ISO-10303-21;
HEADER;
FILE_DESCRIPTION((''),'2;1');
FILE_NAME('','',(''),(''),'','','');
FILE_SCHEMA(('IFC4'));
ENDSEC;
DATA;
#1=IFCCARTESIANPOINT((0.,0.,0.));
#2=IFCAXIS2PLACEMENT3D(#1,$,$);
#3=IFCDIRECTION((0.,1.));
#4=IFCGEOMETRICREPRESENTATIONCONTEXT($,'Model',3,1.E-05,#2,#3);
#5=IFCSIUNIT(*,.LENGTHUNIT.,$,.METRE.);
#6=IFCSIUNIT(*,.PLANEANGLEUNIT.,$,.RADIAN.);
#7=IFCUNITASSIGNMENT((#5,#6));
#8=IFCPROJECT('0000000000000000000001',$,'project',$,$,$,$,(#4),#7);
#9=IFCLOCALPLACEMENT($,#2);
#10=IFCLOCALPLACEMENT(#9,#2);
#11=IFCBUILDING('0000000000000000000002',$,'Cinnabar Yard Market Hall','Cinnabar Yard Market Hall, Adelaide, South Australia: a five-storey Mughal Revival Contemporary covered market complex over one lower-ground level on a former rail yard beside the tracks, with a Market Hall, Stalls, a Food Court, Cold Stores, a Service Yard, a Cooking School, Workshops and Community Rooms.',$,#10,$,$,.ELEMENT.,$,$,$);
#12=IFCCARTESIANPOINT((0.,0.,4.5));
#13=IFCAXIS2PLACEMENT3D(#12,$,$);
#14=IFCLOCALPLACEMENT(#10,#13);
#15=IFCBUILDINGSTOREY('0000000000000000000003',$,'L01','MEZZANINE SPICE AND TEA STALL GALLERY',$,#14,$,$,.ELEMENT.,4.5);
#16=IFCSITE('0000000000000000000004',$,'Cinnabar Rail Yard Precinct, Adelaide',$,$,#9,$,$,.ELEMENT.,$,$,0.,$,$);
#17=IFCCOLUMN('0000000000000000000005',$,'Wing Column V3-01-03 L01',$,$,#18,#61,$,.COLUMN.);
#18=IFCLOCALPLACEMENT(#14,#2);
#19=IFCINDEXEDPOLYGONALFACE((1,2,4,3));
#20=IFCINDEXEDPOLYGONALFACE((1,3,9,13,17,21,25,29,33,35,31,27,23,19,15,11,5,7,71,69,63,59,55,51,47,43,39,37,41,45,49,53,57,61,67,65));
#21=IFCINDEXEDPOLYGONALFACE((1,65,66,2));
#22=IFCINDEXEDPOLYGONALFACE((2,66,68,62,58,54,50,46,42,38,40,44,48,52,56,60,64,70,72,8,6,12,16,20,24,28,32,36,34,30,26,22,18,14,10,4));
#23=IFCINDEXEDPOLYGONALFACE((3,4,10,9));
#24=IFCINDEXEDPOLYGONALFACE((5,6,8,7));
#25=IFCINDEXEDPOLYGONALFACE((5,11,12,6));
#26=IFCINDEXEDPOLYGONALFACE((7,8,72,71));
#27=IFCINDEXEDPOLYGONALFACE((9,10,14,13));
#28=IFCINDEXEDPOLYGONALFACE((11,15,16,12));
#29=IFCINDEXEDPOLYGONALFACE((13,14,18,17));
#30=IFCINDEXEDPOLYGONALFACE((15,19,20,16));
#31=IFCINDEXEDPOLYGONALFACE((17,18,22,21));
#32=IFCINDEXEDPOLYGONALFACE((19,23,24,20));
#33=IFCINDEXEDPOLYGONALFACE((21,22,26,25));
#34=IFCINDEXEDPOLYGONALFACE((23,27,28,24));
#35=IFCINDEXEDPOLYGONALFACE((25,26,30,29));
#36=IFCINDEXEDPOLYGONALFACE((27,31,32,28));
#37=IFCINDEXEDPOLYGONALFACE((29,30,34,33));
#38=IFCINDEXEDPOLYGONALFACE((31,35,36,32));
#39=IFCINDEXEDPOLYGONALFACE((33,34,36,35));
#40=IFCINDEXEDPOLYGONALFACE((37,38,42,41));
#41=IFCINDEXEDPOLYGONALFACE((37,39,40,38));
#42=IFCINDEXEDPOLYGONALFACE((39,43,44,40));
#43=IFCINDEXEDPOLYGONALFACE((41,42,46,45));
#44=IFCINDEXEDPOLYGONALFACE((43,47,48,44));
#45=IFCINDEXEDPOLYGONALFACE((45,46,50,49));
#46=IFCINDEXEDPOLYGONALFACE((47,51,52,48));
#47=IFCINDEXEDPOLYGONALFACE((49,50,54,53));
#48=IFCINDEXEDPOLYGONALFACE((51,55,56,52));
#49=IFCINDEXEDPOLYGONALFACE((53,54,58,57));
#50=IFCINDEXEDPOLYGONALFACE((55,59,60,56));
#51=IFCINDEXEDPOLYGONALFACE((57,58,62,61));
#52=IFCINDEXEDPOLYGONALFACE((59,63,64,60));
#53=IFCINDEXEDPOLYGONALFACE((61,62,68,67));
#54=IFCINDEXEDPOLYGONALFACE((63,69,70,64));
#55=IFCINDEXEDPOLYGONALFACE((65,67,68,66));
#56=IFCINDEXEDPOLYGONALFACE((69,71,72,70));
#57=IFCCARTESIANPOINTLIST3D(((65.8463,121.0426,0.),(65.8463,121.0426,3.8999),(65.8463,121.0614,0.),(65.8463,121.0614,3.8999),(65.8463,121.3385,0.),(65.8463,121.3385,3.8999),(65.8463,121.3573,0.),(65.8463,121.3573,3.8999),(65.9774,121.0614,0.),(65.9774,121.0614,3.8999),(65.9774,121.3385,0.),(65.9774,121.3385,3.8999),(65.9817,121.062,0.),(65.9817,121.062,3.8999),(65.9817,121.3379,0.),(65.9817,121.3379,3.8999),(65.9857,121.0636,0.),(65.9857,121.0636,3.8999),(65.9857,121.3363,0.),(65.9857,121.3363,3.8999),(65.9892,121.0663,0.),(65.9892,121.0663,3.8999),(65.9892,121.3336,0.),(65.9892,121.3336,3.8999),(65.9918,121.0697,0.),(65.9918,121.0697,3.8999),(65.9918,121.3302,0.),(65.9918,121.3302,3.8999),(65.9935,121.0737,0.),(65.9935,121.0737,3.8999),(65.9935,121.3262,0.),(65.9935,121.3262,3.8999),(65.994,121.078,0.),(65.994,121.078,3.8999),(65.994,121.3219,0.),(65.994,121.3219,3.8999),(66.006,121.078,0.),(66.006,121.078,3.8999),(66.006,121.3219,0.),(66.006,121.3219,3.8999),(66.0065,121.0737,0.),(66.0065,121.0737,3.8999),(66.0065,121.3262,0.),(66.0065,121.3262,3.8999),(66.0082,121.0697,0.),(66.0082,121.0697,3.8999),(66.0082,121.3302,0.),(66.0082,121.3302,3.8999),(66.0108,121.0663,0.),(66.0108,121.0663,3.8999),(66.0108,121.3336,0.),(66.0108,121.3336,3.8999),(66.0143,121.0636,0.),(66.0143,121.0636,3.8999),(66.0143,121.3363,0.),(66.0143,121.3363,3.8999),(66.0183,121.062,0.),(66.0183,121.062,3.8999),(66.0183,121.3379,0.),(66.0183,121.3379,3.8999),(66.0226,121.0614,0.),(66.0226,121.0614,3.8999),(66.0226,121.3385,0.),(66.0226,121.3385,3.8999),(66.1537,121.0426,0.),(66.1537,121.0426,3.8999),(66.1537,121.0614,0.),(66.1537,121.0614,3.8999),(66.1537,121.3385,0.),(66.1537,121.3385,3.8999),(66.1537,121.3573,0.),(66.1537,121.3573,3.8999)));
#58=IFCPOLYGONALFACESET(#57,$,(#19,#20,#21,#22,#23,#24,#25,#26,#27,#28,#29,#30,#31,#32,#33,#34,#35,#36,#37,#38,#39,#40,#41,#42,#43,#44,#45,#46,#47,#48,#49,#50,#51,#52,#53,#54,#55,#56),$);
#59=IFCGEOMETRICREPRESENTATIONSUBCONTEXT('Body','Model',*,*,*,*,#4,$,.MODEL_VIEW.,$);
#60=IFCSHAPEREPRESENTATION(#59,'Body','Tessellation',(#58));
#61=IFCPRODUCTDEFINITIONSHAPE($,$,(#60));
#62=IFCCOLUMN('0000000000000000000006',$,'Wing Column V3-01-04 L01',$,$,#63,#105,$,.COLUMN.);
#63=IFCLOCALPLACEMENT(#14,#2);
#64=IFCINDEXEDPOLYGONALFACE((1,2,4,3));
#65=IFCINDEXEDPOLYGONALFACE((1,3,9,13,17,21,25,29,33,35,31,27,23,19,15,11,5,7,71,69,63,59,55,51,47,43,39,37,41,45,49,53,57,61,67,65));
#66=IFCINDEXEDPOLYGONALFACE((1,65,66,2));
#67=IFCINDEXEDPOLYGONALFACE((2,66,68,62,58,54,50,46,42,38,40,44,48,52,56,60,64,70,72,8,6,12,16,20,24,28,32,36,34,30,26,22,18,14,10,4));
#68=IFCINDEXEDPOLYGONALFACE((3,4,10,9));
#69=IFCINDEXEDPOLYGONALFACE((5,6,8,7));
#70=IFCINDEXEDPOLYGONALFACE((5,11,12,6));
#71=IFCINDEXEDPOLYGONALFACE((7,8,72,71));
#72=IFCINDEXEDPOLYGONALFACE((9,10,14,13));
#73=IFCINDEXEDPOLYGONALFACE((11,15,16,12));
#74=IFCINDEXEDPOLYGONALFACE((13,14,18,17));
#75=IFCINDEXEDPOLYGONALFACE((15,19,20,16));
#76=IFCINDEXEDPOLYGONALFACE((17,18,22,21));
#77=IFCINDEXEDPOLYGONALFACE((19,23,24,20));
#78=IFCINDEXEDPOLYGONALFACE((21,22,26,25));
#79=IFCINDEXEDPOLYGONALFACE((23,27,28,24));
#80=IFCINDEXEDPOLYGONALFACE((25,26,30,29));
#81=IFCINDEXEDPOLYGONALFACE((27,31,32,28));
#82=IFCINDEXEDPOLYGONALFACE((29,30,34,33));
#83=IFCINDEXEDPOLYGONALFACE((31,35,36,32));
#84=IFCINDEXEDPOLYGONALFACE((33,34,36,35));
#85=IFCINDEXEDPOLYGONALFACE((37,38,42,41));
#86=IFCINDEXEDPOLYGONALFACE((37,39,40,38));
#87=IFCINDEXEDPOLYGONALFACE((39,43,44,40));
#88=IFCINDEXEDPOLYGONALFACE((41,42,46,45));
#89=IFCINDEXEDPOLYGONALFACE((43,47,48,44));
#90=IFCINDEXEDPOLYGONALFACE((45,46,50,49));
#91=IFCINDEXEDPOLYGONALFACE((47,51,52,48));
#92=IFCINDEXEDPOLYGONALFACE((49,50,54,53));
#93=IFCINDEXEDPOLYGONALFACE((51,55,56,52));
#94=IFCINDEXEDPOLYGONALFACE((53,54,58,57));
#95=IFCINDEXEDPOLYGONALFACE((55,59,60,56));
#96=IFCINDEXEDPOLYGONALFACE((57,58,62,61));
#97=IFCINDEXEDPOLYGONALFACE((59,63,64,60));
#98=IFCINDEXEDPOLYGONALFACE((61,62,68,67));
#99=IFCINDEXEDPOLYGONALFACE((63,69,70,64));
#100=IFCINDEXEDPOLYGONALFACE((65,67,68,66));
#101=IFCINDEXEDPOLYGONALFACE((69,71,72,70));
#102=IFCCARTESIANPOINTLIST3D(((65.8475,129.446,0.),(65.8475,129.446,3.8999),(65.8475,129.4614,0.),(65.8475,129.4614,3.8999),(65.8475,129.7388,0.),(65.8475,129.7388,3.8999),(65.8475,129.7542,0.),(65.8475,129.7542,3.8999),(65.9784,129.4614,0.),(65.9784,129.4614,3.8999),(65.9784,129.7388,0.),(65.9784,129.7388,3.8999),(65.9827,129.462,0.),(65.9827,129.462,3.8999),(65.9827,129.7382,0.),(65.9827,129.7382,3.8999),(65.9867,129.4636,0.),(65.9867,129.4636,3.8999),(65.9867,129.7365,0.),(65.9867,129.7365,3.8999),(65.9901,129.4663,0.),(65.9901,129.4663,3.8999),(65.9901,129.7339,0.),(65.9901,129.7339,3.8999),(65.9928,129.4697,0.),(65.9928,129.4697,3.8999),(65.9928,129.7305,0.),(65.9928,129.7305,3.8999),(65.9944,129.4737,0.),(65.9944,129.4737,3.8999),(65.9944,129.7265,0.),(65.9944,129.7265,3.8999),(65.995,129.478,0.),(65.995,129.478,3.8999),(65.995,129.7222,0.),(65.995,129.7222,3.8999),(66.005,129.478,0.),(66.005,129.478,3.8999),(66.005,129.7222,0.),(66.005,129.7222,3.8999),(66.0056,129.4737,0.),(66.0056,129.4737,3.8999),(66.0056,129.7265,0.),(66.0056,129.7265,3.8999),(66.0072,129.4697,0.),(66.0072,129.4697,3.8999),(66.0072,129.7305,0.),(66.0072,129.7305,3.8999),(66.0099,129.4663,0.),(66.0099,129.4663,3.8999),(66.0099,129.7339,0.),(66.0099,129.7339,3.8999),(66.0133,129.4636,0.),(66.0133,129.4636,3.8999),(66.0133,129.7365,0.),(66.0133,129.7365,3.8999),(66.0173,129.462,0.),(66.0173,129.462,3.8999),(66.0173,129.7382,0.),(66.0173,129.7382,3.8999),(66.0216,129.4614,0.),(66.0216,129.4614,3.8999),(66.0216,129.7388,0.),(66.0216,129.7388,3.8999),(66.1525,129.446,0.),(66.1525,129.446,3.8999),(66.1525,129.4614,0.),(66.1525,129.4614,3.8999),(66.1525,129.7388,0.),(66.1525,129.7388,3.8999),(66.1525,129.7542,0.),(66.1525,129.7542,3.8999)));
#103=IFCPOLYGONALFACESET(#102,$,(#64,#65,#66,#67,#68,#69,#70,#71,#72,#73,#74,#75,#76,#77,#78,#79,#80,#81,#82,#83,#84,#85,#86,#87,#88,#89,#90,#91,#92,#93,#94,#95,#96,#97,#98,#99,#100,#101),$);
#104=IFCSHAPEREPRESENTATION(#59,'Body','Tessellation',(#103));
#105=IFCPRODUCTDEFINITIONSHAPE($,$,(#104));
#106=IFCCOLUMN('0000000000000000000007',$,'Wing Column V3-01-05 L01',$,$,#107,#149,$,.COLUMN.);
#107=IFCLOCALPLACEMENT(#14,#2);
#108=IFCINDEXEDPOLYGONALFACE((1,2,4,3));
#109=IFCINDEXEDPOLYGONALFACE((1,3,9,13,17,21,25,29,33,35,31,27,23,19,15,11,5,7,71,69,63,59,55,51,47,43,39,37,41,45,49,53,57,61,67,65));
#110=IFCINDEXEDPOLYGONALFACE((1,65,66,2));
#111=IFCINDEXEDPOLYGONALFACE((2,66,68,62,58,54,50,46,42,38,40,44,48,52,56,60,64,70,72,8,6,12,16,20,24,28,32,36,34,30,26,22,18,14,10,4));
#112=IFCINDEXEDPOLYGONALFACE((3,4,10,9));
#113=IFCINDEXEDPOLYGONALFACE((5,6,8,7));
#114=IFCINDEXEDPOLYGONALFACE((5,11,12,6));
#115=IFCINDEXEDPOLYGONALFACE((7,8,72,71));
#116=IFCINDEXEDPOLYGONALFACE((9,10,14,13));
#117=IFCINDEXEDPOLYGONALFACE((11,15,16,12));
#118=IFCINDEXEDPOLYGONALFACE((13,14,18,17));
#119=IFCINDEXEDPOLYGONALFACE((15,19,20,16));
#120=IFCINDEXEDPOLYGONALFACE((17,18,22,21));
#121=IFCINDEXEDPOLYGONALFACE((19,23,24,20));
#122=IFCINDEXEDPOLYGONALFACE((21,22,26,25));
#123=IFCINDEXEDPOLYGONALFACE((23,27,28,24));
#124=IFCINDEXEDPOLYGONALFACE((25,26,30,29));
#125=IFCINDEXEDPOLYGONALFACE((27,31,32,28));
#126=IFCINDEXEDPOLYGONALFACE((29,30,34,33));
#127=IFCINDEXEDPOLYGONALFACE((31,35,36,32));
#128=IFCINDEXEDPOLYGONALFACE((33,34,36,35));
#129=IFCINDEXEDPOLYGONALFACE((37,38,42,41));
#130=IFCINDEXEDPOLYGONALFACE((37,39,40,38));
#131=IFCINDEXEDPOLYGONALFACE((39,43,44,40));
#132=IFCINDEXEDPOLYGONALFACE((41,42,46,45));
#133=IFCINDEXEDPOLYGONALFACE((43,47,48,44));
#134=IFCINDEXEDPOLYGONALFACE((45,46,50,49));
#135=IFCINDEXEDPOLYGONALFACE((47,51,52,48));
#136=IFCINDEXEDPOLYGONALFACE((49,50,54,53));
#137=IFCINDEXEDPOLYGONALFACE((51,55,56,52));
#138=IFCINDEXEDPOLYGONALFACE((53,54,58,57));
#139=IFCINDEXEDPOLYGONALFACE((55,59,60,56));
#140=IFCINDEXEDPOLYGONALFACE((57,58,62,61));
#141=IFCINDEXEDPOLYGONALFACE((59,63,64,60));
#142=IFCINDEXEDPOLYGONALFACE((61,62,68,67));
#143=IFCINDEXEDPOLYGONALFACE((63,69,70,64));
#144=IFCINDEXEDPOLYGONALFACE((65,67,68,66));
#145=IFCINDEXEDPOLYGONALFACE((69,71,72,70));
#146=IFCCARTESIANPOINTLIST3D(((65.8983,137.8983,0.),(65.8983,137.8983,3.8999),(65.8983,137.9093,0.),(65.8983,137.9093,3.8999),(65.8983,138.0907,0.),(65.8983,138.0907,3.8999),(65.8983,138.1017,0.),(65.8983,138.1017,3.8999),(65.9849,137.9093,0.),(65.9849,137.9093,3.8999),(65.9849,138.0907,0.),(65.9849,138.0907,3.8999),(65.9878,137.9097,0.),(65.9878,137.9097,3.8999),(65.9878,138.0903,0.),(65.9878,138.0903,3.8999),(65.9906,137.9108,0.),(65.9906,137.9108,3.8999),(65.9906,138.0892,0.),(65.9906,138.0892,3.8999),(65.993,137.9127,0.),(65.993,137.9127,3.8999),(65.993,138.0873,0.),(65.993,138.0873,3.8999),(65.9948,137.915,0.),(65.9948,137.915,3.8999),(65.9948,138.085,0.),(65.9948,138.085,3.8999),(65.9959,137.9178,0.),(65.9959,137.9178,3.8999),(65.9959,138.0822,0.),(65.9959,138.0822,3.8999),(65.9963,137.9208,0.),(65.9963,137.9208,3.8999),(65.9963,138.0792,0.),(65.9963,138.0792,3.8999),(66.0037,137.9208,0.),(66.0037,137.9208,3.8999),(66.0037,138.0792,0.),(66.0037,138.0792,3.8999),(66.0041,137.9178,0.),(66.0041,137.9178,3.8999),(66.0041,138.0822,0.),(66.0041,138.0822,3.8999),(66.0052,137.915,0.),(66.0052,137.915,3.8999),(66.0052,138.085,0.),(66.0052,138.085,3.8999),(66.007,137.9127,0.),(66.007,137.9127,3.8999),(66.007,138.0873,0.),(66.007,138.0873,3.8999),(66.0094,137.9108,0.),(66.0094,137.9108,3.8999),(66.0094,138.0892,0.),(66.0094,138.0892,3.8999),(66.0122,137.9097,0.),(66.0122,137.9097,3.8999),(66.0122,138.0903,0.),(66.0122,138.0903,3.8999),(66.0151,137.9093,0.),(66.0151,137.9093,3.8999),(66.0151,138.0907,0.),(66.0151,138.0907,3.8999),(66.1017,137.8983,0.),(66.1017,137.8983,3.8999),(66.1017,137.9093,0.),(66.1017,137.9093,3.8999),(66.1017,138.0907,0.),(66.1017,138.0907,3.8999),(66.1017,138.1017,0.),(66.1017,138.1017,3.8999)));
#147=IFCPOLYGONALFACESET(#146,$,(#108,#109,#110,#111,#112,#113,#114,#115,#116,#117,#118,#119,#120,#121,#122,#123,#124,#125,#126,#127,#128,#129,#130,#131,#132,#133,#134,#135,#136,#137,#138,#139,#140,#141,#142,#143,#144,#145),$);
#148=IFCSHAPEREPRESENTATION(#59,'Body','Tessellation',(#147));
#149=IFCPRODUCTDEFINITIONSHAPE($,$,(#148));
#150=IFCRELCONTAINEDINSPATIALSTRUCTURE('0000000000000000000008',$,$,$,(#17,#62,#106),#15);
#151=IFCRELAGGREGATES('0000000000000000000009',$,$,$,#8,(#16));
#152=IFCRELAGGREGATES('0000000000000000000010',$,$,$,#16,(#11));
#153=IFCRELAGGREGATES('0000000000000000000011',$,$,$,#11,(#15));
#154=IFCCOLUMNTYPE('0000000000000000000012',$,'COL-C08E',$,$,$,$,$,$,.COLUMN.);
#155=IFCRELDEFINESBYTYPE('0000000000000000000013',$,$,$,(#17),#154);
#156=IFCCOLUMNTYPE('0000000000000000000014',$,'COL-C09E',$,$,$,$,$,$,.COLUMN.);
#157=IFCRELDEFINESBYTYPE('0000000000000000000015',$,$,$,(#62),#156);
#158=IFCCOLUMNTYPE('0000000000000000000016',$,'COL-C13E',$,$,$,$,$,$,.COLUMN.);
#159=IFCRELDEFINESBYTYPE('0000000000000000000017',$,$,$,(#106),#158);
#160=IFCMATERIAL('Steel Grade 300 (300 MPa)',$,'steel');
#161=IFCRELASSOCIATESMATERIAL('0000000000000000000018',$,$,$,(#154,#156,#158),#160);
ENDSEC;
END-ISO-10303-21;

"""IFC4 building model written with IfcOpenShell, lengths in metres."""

from ifc_helpers import new_model, si_unit, direction, frame, origin, origin_2d_with_axis, place, context, subcontext, project, spatial, i_section, extrude, material, material_profile, profile_set, type_object, element, save


model = new_model("IFC4")

# Units and contexts
model_context = context("Model", 3, precision=1e-05, world=origin(), true_north=direction((0.0, 1.0)))
body_context = subcontext(model_context, "Body", "Model", "MODEL_VIEW")
ifc_project = project(units=[si_unit("LENGTHUNIT", "METRE"), si_unit("PLANEANGLEUNIT", "RADIAN")], contexts=[model_context])

# Site, building, storey
site_placement = place(None, origin())
site = spatial("IfcSite", under=ifc_project, at=site_placement, Name="Cinnabar Rail Yard Precinct, Adelaide", CompositionType="ELEMENT", RefElevation=0.0)
building_placement = place(site_placement, origin())
building = spatial("IfcBuilding", under=site, at=building_placement, Name="Cinnabar Yard Market Hall", Description="Cinnabar Yard Market Hall, Adelaide, South Australia: a five-storey Mughal Revival Contemporary covered market complex over one lower-ground level on a former rail yard beside the tracks, with a Market Hall, Stalls, a Food Court, Cold Stores, a Service Yard, a Cooking School, Workshops and Community Rooms.", CompositionType="ELEMENT")
storey_placement = place(building_placement, frame((0.0, 0.0, 4.5)))
storey = spatial("IfcBuildingStorey", under=building, at=storey_placement, Name="L01", Description="MEZZANINE SPICE AND TEA STALL GALLERY", CompositionType="ELEMENT", Elevation=4.5)

# Columns
ifc_material_1 = material(Name="Steel Grade 300 (300 MPa)", Category="steel")
ifc_material_profile_1 = material_profile(ifc_material_1, i_section(OverallWidth=0.3074, OverallDepth=0.3147, WebThickness=0.012, FlangeThickness=0.0188, FilletRadius=0.0166, at=origin_2d_with_axis()), Name="310UC118")
ifc_profile_set_1 = profile_set([ifc_material_profile_1], Name="Steel Grade 300 (300 MPa)")
column_type_1 = type_object("IfcColumnType", Name="COL-C08E", PredefinedType="COLUMN", material=ifc_profile_set_1)
column_1_placement = place(storey_placement, frame((66.0, 121.2, 0.0), z_axis=(0.0, 0.0, 1.0), x_axis=(1.0, 0.0, 0.0)))
element("IfcColumn", 1, at=column_1_placement, inside=storey, type_object=column_type_1, Name="Wing Column V3-01-03 L01", PredefinedType="COLUMN", context=body_context, shape_type="SweptSolid", body=[
    extrude(i_section(OverallWidth=0.3074, OverallDepth=0.3147, WebThickness=0.012, FlangeThickness=0.0188, FilletRadius=0.0166, at=origin_2d_with_axis()), origin(), (0.0, 0.0, 1.0), 3.8999),
])
ifc_material_profile_2 = material_profile(ifc_material_1, i_section(OverallWidth=0.3049, OverallDepth=0.3081, WebThickness=0.01, FlangeThickness=0.0154, FilletRadius=0.0166, at=origin_2d_with_axis()), Name="310UC96.8")
ifc_profile_set_2 = profile_set([ifc_material_profile_2], Name="Steel Grade 300 (300 MPa)")
column_type_2 = type_object("IfcColumnType", Name="COL-C09E", PredefinedType="COLUMN", material=ifc_profile_set_2)
column_2_placement = place(storey_placement, frame((66.0, 129.6001, 0.0), z_axis=(0.0, 0.0, 1.0), x_axis=(1.0, 0.0, 0.0)))
element("IfcColumn", 2, at=column_2_placement, inside=storey, type_object=column_type_2, Name="Wing Column V3-01-04 L01", PredefinedType="COLUMN", context=body_context, shape_type="SweptSolid", body=[
    extrude(i_section(OverallWidth=0.3049, OverallDepth=0.3081, WebThickness=0.01, FlangeThickness=0.0154, FilletRadius=0.0166, at=origin_2d_with_axis()), origin(), (0.0, 0.0, 1.0), 3.8999),
])
ifc_material_profile_3 = material_profile(ifc_material_1, i_section(OverallWidth=0.2034, OverallDepth=0.2034, WebThickness=0.0073, FlangeThickness=0.011, FilletRadius=0.0115, at=origin_2d_with_axis()), Name="200UC46.2")
ifc_profile_set_3 = profile_set([ifc_material_profile_3], Name="Steel Grade 300 (300 MPa)")
column_type_3 = type_object("IfcColumnType", Name="COL-C13E", PredefinedType="COLUMN", material=ifc_profile_set_3)
column_3_placement = place(storey_placement, frame((66.0, 138.0, 0.0), z_axis=(0.0, 0.0, 1.0), x_axis=(1.0, 0.0, 0.0)))
element("IfcColumn", 3, at=column_3_placement, inside=storey, type_object=column_type_3, Name="Wing Column V3-01-05 L01", PredefinedType="COLUMN", context=body_context, shape_type="SweptSolid", body=[
    extrude(i_section(OverallWidth=0.2034, OverallDepth=0.2034, WebThickness=0.0073, FlangeThickness=0.011, FilletRadius=0.0115, at=origin_2d_with_axis()), origin(), (0.0, 0.0, 1.0), 3.8999),
])

save(model, "model.ifc")
